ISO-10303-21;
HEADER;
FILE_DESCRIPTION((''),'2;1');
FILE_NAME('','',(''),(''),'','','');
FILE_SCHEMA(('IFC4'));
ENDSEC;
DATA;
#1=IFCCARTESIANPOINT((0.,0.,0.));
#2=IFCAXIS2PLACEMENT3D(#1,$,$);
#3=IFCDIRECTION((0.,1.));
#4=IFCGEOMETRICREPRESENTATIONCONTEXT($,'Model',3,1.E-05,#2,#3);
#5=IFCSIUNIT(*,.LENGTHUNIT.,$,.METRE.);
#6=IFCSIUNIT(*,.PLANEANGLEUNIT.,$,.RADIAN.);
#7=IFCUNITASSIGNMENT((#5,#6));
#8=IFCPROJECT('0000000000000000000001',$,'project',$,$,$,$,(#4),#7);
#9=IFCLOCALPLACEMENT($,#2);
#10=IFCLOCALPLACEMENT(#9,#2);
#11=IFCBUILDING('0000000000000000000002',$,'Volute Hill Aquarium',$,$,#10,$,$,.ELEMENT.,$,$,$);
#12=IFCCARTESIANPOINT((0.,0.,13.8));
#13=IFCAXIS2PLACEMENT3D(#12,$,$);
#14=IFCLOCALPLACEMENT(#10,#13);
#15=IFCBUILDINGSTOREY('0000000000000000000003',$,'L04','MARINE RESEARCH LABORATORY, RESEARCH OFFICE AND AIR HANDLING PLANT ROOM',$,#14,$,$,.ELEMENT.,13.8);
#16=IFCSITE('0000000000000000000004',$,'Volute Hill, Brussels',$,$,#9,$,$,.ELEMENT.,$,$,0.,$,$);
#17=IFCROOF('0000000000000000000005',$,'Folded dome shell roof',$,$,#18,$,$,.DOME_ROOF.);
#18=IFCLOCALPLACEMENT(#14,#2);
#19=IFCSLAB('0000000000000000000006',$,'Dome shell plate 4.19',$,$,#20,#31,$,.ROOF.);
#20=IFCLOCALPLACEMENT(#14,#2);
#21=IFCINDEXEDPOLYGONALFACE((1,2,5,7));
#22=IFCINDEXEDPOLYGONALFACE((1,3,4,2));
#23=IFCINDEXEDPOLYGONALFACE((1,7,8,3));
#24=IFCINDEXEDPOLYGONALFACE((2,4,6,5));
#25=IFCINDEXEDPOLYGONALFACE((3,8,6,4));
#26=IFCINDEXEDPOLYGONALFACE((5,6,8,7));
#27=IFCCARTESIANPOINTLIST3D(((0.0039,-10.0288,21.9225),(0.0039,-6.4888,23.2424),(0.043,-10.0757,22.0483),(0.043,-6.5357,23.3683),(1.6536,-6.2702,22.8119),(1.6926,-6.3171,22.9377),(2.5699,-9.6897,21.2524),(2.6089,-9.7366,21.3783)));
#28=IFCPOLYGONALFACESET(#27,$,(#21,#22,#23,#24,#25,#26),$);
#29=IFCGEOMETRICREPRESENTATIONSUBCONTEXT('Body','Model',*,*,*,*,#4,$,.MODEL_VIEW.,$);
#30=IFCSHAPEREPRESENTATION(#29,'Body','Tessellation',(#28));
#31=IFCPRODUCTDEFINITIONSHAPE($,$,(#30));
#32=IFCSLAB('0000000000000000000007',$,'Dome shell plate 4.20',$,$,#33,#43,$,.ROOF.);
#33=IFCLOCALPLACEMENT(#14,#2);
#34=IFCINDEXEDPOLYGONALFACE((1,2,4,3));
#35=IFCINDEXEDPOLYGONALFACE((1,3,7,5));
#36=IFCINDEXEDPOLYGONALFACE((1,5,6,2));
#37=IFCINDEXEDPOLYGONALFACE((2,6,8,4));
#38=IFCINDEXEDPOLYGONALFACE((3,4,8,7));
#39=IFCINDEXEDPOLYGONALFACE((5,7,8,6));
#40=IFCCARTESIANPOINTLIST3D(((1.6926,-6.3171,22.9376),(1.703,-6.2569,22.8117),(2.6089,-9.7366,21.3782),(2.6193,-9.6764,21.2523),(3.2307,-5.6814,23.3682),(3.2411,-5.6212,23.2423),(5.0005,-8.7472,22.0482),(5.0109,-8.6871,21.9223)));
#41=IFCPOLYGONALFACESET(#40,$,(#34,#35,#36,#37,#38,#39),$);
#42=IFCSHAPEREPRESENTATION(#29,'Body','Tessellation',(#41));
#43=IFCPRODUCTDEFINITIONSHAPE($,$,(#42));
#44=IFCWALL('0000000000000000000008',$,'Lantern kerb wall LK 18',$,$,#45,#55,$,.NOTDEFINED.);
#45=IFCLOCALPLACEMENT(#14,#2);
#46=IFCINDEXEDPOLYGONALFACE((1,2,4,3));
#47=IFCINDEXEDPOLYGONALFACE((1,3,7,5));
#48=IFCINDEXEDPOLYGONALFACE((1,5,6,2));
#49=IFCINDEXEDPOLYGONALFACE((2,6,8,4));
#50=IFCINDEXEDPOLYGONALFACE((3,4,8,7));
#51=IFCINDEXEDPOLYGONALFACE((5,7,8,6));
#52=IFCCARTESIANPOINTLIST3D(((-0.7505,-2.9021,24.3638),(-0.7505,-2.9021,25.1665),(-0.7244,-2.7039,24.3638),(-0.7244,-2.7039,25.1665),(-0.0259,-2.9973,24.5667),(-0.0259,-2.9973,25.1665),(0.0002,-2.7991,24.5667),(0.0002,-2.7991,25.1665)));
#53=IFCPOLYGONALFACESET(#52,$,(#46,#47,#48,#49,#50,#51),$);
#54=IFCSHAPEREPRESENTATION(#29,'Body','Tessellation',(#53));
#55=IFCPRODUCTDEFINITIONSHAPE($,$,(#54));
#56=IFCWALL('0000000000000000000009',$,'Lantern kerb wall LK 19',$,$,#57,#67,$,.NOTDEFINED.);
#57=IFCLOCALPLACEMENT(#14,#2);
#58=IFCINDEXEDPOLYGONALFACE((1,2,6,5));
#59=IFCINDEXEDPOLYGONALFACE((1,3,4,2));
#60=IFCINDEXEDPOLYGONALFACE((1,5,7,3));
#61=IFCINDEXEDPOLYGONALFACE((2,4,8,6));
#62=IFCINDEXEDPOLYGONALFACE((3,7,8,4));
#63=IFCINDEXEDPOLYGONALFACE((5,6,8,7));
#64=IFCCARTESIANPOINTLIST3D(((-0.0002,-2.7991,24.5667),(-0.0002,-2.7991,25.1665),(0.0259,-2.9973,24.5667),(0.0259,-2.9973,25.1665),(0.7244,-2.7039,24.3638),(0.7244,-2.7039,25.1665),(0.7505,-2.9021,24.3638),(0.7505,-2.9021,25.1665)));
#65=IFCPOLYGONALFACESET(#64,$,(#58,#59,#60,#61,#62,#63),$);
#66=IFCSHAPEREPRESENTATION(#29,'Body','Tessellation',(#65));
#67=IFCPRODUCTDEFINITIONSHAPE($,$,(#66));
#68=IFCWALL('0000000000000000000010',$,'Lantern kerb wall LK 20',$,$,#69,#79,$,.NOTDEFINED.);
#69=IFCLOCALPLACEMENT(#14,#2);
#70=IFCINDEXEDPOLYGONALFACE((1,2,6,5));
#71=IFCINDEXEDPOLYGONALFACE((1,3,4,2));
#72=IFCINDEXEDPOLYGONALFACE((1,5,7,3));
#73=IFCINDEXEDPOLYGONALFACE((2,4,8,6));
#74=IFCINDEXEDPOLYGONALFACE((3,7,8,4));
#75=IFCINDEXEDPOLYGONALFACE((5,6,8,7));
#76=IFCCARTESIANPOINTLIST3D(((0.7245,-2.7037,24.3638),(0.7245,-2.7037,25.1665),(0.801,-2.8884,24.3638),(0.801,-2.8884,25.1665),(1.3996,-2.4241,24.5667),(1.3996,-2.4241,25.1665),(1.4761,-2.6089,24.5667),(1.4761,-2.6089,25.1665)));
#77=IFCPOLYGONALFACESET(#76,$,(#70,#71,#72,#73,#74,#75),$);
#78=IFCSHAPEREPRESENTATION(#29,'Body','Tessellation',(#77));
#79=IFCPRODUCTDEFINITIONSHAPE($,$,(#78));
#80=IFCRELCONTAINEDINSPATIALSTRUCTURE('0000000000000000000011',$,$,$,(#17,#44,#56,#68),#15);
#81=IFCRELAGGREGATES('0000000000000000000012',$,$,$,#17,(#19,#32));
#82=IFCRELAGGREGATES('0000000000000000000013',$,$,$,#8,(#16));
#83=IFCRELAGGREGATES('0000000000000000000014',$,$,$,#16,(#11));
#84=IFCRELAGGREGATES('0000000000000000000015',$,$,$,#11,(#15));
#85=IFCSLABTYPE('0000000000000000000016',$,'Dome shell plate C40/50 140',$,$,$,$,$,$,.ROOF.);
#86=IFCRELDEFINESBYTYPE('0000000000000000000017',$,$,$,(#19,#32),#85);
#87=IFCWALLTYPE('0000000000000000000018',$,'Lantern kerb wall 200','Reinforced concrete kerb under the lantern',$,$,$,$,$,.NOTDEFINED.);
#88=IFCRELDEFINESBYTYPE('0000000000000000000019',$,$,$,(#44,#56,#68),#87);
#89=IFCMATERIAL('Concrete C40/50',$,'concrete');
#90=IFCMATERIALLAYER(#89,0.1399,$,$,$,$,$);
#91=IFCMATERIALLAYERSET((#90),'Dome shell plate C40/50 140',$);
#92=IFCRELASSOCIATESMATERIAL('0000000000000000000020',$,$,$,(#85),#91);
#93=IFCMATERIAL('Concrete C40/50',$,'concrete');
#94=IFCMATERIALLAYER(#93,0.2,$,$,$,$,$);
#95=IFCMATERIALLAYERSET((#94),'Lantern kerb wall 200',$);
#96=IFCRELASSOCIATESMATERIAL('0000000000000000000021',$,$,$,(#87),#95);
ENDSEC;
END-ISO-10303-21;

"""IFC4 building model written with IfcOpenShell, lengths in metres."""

from ifc_helpers import new_model, si_unit, direction, frame, origin, place, context, subcontext, project, spatial, polyline, outline, extrude, material, layer, layer_set, type_object, element, aggregate, save


model = new_model("IFC4")

# Units and contexts
model_context = context("Model", 3, precision=1e-05, world=origin(), true_north=direction((0.0, 1.0)))
body_context = subcontext(model_context, "Body", "Model", "MODEL_VIEW")
ifc_project = project(units=[si_unit("LENGTHUNIT", "METRE"), si_unit("PLANEANGLEUNIT", "RADIAN")], contexts=[model_context])

# Site, building, storey
site_placement = place(None, origin())
site = spatial("IfcSite", under=ifc_project, at=site_placement, Name="Volute Hill, Brussels", CompositionType="ELEMENT", RefElevation=0.0)
building_placement = place(site_placement, origin())
building = spatial("IfcBuilding", under=site, at=building_placement, Name="Volute Hill Aquarium", CompositionType="ELEMENT")
storey_placement = place(building_placement, frame((0.0, 0.0, 13.8)))
storey = spatial("IfcBuildingStorey", under=building, at=storey_placement, Name="L04", Description="MARINE RESEARCH LABORATORY, RESEARCH OFFICE AND AIR HANDLING PLANT ROOM", CompositionType="ELEMENT", Elevation=13.8)

# Roof, slabs
roof_placement = place(storey_placement, origin())
roof = element("IfcRoof", 1, at=roof_placement, inside=storey, Name="Folded dome shell roof", PredefinedType="DOME_ROOF")
ifc_material_1 = material(Name="Concrete C40/50", Category="concrete")
ifc_layer_1 = layer(ifc_material_1, 0.1399)
ifc_layer_set_1 = layer_set([ifc_layer_1], Name="Dome shell plate C40/50 140")
slab_type_1 = type_object("IfcSlabType", Name="Dome shell plate C40/50 140", PredefinedType="ROOF", material=ifc_layer_set_1)
slab_1_placement = place(storey_placement, frame((0.043, -10.0757, 22.0483), z_axis=(0.279266, -0.335474, 0.899704), x_axis=(0.959744, 0.12682, -0.250615)))
slab_1 = element("IfcSlab", 2, at=slab_1_placement, type_object=slab_type_1, Name="Dome shell plate 4.19", PredefinedType="ROOF", context=body_context, shape_type="SweptSolid", body=[
    extrude(outline(polyline([(0.0, 0.0), (2.6736, 0.0), (1.837, 3.7768), (0.1182, 3.7762), (0.0, 0.0)])), origin(), (0.0, 0.0, -1.0), 0.1399),
])
slab_2_placement = place(storey_placement, frame((2.6089, -9.7366, 21.3782), z_axis=(-0.074106, -0.43015, 0.899711), x_axis=(0.894569, 0.370057, 0.250606)))
slab_2 = element("IfcSlab", 3, at=slab_2_placement, type_object=slab_type_1, Name="Dome shell plate 4.20", PredefinedType="ROOF", context=body_context, shape_type="SweptSolid", body=[
    extrude(outline(polyline([(0.0, 0.0), (2.6735, 0.0), (2.5556, 3.7762), (0.8366, 3.7768), (0.0, 0.0)])), origin(), (0.0, 0.0, -1.0), 0.1399),
])
aggregate(roof, [slab_1, slab_2])

# Walls
ifc_material_2 = material(Name="Concrete C40/50", Category="concrete")
ifc_layer_2 = layer(ifc_material_2, 0.2)
ifc_layer_set_2 = layer_set([ifc_layer_2], Name="Lantern kerb wall 200")
wall_type = type_object("IfcWallType", Name="Lantern kerb wall 200", Description="Reinforced concrete kerb under the lantern", PredefinedType="NOTDEFINED", material=ifc_layer_set_2)
wall_1_placement = place(storey_placement, frame((-0.7505, -2.9021, 24.3638), z_axis=(-0.130282, -0.991477, 0.0), x_axis=(0.95535, -0.125534, 0.267485)))
element("IfcWall", 4, at=wall_1_placement, inside=storey, type_object=wall_type, Name="Lantern kerb wall LK 18", PredefinedType="NOTDEFINED", context=body_context, shape_type="SweptSolid", body=[
    extrude(outline(polyline([(0.0, 0.0), (0.7585, 0.0), (0.9189, 0.578), (0.2147, 0.7735), (0.0, 0.0)])), origin(), (0.0, 0.0, -1.0), 0.2),
])
wall_2_placement = place(storey_placement, frame((0.0259, -2.9973, 24.5667), z_axis=(0.130282, -0.991477, 0.0), x_axis=(0.95535, 0.125534, -0.267485)))
element("IfcWall", 5, at=wall_2_placement, inside=storey, type_object=wall_type, Name="Lantern kerb wall LK 19", PredefinedType="NOTDEFINED", context=body_context, shape_type="SweptSolid", body=[
    extrude(outline(polyline([(0.0, 0.0), (0.7585, 0.0), (0.5438, 0.7735), (-0.1605, 0.578), (0.0, 0.0)])), origin(), (0.0, 0.0, -1.0), 0.2),
])
wall_3_placement = place(storey_placement, frame((0.801, -2.8884, 24.3638), z_axis=(0.382598, -0.923915, 0.0), x_axis=(0.890232, 0.368649, 0.267553)))
element("IfcWall", 6, at=wall_3_placement, inside=storey, type_object=wall_type, Name="Lantern kerb wall LK 20", PredefinedType="NOTDEFINED", context=body_context, shape_type="SweptSolid", body=[
    extrude(outline(polyline([(0.0, 0.0), (0.7583, 0.0), (0.9188, 0.578), (0.2148, 0.7735), (0.0, 0.0)])), origin(), (0.0, 0.0, -1.0), 0.2),
])

save(model, "model.ifc")
